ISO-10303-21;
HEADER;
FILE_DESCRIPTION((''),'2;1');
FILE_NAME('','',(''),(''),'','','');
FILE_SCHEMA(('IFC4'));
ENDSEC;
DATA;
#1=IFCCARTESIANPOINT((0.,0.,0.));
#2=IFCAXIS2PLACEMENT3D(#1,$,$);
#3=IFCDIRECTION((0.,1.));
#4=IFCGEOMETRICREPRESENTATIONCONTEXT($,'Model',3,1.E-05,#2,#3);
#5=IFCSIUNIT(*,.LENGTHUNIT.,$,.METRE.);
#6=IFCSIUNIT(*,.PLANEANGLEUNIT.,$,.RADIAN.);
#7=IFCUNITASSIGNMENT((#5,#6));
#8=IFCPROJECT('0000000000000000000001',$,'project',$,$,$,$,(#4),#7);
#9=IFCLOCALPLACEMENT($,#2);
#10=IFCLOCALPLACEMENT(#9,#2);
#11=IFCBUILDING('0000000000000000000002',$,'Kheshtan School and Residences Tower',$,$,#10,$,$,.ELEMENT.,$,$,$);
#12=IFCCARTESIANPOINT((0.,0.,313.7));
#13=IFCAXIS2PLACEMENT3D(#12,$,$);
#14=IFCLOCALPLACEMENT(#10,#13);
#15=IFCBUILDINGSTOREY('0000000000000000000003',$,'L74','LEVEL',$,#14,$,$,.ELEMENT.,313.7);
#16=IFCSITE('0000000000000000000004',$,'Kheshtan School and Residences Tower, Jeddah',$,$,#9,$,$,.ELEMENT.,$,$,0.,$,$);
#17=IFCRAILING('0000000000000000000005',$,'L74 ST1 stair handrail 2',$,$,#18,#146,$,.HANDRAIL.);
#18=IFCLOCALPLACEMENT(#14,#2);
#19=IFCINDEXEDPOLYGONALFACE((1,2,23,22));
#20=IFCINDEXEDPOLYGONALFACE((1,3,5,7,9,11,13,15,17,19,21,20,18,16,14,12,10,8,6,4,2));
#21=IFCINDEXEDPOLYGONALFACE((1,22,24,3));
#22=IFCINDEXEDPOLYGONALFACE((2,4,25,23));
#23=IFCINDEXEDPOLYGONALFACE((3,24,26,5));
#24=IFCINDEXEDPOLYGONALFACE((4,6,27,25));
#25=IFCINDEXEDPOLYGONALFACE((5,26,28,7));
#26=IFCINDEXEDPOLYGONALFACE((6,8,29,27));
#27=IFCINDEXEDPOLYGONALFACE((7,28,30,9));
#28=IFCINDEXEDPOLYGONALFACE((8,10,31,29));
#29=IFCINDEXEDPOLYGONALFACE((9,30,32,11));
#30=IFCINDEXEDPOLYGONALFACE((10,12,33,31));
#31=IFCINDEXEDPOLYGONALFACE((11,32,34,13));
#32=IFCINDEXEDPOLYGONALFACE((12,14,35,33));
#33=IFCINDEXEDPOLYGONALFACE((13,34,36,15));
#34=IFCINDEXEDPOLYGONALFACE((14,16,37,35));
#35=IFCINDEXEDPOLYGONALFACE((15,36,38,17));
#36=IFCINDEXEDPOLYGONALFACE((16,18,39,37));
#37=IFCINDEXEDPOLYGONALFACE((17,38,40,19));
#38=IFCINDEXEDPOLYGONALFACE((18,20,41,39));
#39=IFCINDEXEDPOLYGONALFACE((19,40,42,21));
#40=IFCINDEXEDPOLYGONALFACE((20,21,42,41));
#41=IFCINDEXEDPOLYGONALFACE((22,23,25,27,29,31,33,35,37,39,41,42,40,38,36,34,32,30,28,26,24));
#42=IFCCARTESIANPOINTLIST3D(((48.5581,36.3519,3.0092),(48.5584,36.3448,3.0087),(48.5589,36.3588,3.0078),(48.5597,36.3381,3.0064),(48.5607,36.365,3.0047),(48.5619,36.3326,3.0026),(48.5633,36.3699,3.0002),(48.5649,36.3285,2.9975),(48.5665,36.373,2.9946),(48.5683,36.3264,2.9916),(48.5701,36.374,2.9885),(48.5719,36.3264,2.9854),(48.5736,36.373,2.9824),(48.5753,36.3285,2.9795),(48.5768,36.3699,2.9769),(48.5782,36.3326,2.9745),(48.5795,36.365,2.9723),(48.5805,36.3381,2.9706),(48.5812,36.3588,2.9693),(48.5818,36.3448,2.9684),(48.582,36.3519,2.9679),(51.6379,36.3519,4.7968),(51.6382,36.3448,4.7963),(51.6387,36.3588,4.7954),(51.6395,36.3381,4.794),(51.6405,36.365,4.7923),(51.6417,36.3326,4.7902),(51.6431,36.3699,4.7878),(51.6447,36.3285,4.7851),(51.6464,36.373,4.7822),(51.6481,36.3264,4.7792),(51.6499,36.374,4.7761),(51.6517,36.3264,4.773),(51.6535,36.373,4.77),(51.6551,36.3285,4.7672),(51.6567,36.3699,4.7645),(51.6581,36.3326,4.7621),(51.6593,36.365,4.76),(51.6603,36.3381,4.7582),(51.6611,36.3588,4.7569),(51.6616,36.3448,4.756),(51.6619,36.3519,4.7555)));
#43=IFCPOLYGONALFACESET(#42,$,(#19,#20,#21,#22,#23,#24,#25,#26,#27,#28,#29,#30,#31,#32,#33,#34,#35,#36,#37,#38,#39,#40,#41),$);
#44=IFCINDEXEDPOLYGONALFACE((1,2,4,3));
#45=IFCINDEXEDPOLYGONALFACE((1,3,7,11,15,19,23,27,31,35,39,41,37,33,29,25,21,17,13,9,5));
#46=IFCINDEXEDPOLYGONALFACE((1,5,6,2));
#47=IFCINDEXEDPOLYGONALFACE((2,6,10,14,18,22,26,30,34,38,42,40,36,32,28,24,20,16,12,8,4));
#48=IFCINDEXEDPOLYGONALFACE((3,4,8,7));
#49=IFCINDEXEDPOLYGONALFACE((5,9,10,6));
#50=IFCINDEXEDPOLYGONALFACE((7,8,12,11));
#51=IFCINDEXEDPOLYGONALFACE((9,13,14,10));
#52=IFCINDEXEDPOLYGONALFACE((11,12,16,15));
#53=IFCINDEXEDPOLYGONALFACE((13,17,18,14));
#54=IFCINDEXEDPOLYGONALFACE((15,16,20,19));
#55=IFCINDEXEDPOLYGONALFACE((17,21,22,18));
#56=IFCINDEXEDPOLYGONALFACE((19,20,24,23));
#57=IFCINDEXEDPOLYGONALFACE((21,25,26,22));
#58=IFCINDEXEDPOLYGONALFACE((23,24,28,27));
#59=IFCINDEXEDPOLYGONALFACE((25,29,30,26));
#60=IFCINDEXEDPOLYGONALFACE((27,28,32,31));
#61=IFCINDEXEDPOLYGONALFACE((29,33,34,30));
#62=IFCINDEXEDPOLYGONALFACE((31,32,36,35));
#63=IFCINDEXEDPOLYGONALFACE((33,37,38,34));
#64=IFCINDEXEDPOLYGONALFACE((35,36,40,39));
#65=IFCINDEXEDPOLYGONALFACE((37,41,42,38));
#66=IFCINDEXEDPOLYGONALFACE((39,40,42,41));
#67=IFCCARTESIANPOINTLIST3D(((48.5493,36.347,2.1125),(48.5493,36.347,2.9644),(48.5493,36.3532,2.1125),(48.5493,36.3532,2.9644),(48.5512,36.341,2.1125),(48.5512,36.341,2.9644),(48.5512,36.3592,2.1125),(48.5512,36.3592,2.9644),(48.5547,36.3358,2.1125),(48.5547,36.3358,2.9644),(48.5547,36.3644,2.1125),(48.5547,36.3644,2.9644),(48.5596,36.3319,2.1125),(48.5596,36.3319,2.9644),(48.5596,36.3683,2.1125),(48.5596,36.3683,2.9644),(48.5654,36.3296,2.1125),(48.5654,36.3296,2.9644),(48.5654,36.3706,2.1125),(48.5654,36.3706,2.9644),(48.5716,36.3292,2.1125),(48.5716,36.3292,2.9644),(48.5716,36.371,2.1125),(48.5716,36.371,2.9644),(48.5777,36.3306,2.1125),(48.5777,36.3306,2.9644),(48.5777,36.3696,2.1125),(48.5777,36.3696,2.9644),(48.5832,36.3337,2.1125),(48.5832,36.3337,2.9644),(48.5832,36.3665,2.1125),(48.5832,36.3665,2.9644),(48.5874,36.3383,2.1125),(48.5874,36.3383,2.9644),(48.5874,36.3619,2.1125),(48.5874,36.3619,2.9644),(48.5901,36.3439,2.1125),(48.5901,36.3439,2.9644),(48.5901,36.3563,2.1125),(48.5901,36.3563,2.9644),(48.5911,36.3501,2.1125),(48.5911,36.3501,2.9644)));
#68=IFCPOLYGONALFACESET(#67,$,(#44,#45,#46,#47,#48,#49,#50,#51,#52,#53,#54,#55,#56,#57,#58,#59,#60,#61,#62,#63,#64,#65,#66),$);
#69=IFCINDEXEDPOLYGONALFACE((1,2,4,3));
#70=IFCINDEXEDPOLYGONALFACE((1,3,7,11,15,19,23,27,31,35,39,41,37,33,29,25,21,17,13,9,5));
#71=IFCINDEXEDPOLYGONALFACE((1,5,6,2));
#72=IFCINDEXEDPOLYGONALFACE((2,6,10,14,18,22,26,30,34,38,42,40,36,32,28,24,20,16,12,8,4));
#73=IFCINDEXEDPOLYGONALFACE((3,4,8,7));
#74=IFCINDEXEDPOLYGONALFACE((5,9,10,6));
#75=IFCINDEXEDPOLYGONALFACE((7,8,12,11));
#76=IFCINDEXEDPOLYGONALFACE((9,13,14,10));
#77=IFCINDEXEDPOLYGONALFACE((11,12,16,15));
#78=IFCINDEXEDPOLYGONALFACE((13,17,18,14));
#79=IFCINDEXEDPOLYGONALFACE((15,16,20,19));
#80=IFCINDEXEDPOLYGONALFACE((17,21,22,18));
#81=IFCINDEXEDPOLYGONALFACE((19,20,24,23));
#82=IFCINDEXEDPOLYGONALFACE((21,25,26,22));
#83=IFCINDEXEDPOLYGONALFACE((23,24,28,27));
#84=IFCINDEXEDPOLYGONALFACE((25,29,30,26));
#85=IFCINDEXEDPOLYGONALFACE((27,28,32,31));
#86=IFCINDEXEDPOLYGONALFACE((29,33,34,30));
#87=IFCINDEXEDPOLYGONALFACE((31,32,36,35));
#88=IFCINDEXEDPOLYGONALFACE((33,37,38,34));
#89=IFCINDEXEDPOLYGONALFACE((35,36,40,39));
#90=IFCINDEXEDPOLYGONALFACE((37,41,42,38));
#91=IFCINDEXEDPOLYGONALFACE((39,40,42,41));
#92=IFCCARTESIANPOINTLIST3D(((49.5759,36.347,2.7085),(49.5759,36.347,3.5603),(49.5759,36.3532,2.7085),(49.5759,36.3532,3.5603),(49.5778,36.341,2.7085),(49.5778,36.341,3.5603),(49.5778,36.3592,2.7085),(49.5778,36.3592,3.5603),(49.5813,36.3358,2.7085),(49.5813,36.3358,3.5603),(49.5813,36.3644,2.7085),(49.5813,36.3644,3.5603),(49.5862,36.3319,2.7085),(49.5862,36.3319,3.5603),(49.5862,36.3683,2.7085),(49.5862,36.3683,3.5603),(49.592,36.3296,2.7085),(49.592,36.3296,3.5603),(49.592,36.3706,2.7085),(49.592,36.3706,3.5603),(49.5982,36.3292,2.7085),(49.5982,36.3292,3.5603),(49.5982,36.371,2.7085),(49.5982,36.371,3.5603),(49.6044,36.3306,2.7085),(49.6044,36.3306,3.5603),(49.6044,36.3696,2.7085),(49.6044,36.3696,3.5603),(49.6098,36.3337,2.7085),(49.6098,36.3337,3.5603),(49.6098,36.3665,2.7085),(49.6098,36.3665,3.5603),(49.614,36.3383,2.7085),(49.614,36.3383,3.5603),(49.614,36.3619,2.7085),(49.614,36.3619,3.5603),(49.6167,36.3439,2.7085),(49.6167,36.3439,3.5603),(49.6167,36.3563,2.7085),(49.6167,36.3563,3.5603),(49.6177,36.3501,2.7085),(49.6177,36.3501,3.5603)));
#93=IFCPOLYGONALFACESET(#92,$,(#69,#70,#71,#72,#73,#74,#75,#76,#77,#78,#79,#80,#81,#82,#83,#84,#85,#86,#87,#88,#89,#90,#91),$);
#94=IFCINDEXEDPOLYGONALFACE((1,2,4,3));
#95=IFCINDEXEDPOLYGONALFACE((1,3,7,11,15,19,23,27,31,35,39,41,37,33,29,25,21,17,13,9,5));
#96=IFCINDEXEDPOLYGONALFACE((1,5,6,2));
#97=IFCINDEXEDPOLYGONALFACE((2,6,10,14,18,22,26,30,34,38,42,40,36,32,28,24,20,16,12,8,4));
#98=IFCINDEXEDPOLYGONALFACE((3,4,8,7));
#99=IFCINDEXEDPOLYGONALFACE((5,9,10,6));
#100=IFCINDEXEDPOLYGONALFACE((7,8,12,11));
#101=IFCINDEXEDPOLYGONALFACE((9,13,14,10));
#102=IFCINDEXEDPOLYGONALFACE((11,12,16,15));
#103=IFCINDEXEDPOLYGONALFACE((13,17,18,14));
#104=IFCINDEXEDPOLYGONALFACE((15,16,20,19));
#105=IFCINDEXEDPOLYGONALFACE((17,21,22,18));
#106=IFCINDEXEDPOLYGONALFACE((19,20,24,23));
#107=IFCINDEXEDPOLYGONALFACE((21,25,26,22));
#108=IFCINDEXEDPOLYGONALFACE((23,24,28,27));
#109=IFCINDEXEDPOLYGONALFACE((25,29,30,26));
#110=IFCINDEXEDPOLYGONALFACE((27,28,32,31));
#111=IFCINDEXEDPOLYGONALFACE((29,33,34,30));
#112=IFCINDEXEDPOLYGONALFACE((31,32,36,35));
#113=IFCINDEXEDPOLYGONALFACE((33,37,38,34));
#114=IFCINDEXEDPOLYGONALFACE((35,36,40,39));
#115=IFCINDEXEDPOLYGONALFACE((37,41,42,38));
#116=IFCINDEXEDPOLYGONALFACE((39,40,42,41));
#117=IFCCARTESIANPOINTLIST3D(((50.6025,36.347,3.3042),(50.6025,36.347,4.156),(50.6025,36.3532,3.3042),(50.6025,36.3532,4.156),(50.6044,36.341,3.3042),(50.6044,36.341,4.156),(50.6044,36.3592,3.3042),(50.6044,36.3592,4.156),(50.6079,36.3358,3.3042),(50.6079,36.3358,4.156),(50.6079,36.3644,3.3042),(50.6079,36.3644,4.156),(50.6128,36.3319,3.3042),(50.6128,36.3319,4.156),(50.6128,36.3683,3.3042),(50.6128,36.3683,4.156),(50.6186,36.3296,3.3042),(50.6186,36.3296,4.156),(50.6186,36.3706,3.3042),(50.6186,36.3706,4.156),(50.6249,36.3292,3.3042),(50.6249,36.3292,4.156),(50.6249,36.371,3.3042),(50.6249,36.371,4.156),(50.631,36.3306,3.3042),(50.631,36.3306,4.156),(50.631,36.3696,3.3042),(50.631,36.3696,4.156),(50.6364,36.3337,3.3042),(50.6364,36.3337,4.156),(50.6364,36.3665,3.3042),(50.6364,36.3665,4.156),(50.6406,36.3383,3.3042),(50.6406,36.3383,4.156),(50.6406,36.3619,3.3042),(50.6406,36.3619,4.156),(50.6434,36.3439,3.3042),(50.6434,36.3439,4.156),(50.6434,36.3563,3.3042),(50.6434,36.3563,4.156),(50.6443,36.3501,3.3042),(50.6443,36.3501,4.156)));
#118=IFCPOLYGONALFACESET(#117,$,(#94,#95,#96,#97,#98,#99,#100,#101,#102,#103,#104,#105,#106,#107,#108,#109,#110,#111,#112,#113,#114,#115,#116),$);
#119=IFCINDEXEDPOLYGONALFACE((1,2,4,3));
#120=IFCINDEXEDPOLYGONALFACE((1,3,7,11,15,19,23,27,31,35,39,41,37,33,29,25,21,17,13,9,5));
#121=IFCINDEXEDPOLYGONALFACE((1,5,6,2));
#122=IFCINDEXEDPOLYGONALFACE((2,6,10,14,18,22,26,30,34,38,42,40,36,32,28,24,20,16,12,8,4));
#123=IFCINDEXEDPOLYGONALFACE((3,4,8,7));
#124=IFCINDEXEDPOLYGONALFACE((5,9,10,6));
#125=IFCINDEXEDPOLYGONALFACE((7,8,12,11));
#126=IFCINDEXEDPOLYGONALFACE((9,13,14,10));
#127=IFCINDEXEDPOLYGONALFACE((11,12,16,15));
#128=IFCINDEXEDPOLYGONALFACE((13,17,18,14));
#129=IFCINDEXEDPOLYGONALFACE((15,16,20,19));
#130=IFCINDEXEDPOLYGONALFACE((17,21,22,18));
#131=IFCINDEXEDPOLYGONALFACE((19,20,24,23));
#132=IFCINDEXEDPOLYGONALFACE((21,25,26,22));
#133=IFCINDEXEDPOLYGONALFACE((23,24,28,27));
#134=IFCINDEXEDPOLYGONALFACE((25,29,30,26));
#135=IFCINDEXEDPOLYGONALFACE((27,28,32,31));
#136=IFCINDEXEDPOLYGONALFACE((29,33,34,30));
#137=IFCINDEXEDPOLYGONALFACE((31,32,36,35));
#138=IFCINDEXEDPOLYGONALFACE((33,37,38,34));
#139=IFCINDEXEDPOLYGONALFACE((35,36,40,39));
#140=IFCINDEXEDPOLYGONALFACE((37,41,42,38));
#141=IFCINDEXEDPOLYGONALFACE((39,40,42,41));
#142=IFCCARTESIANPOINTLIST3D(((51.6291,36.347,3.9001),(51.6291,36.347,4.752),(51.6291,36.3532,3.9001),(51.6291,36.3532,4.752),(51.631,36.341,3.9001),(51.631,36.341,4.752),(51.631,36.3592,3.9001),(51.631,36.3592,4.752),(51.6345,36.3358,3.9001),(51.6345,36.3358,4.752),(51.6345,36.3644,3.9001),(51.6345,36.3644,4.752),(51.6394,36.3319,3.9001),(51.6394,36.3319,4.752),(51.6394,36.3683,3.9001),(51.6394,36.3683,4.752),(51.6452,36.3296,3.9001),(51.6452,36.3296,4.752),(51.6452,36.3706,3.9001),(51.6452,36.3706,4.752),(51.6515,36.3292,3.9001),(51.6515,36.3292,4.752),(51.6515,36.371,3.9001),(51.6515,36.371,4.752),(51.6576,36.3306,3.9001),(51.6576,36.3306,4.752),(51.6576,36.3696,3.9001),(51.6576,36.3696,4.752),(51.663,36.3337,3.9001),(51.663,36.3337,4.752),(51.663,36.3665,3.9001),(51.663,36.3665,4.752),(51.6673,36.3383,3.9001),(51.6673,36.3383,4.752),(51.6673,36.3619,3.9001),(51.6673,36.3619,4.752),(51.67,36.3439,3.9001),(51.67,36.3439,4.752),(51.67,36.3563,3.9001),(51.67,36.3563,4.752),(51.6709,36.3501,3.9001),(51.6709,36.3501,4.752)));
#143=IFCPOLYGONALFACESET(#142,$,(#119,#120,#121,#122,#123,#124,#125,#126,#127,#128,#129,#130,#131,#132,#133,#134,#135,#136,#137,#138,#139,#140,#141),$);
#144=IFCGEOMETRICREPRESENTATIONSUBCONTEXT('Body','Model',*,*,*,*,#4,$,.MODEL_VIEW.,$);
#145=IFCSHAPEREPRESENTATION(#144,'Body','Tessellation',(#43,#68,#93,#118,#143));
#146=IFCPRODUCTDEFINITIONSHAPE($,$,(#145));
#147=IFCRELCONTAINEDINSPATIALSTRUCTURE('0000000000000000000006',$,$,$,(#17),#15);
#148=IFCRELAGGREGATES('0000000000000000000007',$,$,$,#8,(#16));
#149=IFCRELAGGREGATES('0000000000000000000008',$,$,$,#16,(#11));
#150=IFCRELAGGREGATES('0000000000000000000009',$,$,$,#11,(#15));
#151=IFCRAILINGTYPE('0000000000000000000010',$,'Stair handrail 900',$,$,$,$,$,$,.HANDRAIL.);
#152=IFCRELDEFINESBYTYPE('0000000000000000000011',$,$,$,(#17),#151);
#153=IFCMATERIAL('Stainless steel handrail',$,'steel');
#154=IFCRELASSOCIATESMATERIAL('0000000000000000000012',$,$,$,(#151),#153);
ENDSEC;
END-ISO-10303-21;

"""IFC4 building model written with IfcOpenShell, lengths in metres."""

from ifc_helpers import new_model, si_unit, direction, frame, origin, origin_2d, place, context, subcontext, project, spatial, circle, extrude, material, type_object, element, save


model = new_model("IFC4")

# Units and contexts
model_context = context("Model", 3, precision=1e-05, world=origin(), true_north=direction((0.0, 1.0)))
body_context = subcontext(model_context, "Body", "Model", "MODEL_VIEW")
ifc_project = project(units=[si_unit("LENGTHUNIT", "METRE"), si_unit("PLANEANGLEUNIT", "RADIAN")], contexts=[model_context])

# Site, building, storey
site_placement = place(None, origin())
site = spatial("IfcSite", under=ifc_project, at=site_placement, Name="Kheshtan School and Residences Tower, Jeddah", CompositionType="ELEMENT", RefElevation=0.0)
building_placement = place(site_placement, origin())
building = spatial("IfcBuilding", under=site, at=building_placement, Name="Kheshtan School and Residences Tower", CompositionType="ELEMENT")
storey_placement = place(building_placement, frame((0.0, 0.0, 313.7)))
storey = spatial("IfcBuildingStorey", under=building, at=storey_placement, Name="L74", Description="LEVEL", CompositionType="ELEMENT", Elevation=313.7)

# Railing
ifc_material_1 = material(Name="Stainless steel handrail", Category="steel")
railing_type_1 = type_object("IfcRailingType", Name="Stair handrail 900", PredefinedType="HANDRAIL", material=ifc_material_1)
railing_1_placement = place(storey_placement, frame((48.5701, 36.3501, 2.1125)))
element("IfcRailing", 1, at=railing_1_placement, inside=storey, type_object=railing_type_1, Name="L74 ST1 stair handrail 2", PredefinedType="HANDRAIL", context=body_context, shape_type="SweptSolid", body=[
    extrude(circle(Radius=0.0239, at=origin_2d()), frame((0.0, 0.0, 0.876), z_axis=(0.864873, 0.0, 0.50199), x_axis=(0.0, 1.0, 0.0)), (0.0, 0.0, 1.0), 3.561),
    extrude(circle(Radius=0.021, at=origin_2d()), origin(), (0.0, 0.0, 1.0), 0.8518),
    extrude(circle(Radius=0.021, at=origin_2d()), frame((1.0266, 0.0, 0.5959)), (0.0, 0.0, 1.0), 0.8518),
    extrude(circle(Radius=0.021, at=origin_2d()), frame((2.0532, 0.0, 1.1917)), (0.0, 0.0, 1.0), 0.8518),
    extrude(circle(Radius=0.021, at=origin_2d()), frame((3.0798, 0.0, 1.7876)), (0.0, 0.0, 1.0), 0.8518),
])

save(model, "model.ifc")
